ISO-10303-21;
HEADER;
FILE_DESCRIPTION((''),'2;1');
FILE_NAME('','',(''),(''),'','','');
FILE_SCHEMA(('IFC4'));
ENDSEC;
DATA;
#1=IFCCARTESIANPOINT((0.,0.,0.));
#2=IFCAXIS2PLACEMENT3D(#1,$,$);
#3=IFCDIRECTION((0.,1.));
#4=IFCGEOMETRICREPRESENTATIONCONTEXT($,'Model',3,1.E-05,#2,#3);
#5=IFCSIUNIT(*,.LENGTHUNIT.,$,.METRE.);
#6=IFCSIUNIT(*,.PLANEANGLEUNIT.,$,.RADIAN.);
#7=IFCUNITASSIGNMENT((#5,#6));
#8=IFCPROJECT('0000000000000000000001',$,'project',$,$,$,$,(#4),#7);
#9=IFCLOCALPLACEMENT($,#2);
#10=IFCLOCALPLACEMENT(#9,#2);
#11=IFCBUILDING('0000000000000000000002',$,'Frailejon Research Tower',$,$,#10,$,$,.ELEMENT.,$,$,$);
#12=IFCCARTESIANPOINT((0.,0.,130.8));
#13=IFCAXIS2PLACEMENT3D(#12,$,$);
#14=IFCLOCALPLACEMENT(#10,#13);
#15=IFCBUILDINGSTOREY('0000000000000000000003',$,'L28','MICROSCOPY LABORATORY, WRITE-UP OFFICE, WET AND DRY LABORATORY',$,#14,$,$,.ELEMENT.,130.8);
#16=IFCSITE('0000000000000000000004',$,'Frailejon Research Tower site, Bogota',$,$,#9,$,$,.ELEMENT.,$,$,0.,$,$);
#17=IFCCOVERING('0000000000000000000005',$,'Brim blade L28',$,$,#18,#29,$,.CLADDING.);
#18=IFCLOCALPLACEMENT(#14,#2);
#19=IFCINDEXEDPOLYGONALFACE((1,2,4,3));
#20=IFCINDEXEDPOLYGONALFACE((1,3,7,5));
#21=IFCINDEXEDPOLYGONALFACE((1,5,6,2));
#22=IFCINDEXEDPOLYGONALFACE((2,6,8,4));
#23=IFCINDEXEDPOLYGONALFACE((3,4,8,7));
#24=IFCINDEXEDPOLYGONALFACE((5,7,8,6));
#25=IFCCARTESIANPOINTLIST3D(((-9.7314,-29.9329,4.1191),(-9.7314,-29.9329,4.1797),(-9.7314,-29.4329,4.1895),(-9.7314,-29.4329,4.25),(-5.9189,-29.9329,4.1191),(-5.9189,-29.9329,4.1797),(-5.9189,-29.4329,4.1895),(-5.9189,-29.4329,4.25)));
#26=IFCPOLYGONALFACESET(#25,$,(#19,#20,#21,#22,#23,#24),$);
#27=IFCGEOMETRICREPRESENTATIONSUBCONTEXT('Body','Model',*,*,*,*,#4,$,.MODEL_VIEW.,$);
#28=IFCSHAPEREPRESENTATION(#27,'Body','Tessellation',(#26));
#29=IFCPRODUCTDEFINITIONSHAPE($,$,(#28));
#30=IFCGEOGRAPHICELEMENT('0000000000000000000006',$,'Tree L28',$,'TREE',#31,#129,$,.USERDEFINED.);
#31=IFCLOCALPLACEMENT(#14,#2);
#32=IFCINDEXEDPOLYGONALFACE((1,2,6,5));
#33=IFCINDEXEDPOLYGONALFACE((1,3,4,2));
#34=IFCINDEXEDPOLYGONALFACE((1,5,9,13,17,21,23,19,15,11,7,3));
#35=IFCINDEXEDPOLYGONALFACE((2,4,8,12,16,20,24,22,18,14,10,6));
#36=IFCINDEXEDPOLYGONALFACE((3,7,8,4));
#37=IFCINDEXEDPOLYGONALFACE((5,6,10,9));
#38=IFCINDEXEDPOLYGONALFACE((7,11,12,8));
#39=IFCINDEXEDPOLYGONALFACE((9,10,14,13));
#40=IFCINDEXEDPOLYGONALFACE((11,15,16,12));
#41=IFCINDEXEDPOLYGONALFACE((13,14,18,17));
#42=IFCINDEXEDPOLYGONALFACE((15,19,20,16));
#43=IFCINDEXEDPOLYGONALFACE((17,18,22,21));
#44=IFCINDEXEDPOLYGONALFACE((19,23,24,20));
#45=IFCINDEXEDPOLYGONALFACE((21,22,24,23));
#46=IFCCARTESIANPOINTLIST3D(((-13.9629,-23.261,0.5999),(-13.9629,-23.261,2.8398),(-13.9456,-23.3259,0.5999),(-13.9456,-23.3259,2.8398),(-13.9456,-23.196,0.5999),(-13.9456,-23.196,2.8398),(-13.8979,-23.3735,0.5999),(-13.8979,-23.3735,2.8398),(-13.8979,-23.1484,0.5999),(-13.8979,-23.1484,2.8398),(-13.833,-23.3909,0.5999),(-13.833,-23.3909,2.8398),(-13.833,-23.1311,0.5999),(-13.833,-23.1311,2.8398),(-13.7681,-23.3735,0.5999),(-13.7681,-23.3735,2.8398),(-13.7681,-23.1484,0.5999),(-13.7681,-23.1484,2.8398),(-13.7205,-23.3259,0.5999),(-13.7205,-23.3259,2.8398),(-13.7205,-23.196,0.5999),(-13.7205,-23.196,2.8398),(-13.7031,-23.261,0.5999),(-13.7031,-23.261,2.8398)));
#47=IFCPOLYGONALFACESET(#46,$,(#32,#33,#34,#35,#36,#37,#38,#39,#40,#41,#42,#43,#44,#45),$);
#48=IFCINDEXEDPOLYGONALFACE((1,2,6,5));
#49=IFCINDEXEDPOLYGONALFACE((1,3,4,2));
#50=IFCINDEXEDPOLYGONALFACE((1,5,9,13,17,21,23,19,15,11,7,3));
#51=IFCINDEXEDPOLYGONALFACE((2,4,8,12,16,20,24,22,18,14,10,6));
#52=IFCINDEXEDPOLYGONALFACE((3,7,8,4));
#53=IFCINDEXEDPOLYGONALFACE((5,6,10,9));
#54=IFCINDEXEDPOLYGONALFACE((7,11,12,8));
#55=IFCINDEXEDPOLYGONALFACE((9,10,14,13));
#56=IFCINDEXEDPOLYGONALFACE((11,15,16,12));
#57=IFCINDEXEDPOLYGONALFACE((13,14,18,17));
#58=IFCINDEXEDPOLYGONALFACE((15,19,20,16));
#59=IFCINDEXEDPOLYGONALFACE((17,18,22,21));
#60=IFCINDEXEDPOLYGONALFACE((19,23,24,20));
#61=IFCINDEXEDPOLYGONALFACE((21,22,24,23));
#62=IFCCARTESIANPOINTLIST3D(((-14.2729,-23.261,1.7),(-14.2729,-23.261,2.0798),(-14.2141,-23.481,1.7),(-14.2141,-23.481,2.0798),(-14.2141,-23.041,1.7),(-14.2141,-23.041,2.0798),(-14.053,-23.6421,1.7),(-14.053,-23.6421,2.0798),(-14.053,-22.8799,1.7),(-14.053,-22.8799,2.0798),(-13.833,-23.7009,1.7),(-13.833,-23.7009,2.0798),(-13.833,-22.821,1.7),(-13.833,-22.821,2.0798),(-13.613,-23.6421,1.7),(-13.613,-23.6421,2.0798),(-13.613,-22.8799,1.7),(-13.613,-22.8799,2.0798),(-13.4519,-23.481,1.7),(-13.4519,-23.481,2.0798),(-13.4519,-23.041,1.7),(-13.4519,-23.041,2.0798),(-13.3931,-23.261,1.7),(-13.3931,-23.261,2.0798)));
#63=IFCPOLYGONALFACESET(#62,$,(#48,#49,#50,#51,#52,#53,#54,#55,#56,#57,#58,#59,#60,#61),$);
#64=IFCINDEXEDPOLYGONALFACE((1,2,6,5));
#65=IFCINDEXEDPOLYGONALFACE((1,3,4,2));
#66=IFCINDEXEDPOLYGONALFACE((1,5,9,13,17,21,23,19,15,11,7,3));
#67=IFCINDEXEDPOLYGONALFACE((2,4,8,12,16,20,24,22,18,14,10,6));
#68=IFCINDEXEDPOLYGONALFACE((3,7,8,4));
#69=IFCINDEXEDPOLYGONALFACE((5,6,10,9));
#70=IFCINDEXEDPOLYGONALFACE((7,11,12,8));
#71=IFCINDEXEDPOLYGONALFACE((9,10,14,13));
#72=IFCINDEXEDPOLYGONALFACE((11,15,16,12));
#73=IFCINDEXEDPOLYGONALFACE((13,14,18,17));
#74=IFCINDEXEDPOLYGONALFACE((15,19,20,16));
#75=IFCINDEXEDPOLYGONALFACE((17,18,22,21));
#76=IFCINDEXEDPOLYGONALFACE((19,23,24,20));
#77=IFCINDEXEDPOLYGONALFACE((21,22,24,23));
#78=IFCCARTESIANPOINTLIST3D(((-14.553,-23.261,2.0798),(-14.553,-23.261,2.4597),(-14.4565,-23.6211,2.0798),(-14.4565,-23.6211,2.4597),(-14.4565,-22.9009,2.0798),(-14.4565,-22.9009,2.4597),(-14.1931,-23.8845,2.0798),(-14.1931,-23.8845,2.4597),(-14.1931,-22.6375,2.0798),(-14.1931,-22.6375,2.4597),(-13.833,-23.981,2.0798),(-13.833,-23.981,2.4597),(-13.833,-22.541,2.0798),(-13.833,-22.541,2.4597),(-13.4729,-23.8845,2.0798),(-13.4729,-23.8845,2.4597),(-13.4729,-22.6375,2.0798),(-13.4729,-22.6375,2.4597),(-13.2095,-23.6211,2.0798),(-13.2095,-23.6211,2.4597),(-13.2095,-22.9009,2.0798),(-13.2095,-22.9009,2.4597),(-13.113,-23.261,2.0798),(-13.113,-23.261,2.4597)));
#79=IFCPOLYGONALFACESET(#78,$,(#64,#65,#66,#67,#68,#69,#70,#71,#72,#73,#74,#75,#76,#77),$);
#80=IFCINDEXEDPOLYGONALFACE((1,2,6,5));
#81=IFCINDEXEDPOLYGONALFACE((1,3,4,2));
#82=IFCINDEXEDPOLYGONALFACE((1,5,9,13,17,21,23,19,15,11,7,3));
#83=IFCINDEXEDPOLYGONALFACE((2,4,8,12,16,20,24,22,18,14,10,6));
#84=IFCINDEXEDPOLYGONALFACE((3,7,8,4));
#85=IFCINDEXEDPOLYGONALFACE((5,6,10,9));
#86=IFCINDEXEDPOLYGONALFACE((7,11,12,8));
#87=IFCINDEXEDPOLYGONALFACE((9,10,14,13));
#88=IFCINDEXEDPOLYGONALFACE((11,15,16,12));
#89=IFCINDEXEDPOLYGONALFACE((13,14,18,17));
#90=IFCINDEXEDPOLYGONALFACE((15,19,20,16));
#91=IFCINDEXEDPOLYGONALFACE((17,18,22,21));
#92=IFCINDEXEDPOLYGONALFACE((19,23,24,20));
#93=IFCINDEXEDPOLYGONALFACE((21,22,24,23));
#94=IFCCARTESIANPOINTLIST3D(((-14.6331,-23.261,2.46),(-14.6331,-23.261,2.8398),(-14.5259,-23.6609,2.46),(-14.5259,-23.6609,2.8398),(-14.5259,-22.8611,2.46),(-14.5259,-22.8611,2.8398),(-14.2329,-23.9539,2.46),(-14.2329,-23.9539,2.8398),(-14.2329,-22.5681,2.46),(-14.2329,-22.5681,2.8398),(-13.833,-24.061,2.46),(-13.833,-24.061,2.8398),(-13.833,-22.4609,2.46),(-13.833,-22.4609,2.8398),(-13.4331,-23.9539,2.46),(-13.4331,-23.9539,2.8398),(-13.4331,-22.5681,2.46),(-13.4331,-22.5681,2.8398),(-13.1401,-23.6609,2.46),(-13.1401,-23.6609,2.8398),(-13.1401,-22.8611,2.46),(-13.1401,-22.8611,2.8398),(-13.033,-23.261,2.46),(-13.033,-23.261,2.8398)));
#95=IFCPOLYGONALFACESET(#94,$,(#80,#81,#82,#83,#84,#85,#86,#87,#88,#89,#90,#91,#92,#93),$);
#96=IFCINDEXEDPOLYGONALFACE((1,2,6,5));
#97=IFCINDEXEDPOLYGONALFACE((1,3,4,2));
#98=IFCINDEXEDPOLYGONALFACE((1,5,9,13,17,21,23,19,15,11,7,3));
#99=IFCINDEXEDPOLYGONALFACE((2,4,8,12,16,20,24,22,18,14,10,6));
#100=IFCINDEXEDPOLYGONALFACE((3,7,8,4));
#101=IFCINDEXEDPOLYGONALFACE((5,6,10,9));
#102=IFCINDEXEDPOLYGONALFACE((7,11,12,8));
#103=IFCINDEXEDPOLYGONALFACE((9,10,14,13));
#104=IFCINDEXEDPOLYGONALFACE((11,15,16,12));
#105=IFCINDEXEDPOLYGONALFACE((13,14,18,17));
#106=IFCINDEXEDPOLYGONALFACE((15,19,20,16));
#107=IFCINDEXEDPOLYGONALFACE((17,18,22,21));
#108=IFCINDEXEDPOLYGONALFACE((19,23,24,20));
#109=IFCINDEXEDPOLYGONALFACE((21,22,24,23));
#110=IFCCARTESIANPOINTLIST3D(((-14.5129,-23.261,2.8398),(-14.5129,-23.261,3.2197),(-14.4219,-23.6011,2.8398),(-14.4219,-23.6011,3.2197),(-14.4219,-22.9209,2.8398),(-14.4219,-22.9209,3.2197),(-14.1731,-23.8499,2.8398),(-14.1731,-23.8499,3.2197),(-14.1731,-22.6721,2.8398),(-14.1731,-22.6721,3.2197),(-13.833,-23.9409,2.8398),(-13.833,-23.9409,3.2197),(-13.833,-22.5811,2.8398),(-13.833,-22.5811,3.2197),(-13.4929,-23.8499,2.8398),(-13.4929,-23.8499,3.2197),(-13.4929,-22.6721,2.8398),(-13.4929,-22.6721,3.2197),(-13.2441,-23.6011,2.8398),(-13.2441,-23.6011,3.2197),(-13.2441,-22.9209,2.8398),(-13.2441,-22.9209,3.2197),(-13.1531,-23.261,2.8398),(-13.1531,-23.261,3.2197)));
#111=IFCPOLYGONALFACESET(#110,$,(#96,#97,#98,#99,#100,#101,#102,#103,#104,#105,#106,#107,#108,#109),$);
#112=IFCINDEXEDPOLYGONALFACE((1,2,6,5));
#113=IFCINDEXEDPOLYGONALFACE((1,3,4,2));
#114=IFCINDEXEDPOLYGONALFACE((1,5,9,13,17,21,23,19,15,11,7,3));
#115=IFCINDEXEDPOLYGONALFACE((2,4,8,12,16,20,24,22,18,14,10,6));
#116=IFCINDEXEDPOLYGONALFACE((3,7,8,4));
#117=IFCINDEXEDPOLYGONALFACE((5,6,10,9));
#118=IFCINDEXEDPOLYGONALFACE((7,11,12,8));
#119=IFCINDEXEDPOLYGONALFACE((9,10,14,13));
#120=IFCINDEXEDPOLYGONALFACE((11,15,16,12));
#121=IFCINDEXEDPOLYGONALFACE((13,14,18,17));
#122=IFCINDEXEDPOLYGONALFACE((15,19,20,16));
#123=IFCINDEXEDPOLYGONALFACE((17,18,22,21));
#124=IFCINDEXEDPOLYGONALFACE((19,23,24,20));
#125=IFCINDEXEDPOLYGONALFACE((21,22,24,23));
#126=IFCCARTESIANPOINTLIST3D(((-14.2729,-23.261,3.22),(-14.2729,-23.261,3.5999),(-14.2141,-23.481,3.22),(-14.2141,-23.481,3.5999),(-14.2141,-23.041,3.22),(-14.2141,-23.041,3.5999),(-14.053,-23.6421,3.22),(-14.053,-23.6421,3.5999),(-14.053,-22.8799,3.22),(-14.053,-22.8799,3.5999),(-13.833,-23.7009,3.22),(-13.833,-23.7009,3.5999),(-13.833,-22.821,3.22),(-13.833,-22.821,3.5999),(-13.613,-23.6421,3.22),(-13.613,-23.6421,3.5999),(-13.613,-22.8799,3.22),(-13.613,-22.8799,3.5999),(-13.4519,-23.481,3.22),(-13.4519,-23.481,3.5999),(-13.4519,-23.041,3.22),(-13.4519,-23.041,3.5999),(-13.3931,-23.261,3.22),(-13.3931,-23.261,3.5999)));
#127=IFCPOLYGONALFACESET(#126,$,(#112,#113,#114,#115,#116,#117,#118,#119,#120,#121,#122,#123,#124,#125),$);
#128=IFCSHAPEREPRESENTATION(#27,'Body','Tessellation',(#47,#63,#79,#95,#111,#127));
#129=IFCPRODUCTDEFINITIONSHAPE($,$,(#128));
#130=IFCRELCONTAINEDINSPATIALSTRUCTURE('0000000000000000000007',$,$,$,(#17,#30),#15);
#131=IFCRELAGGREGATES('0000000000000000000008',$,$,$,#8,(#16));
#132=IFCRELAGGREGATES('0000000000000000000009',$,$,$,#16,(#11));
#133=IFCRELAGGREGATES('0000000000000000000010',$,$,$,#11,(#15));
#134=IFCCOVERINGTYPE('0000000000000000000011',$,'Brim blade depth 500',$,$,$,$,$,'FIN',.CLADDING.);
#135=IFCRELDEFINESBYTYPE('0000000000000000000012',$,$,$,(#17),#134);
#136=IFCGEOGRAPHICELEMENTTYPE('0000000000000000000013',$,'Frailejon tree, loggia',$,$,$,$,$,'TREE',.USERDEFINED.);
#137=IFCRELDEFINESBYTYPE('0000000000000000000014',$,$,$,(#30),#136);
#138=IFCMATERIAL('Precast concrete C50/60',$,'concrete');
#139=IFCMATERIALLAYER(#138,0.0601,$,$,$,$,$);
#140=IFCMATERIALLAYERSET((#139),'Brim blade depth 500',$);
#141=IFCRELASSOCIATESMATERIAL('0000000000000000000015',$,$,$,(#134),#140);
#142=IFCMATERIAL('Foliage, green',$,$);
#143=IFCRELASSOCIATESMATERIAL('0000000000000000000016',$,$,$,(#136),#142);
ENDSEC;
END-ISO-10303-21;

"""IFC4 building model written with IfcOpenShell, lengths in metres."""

from ifc_helpers import new_model, si_unit, direction, frame, origin, place, context, subcontext, project, spatial, polyline, outline, extrude, material, layer, layer_set, type_object, element, save


model = new_model("IFC4")

# Units and contexts
model_context = context("Model", 3, precision=1e-05, world=origin(), true_north=direction((0.0, 1.0)))
body_context = subcontext(model_context, "Body", "Model", "MODEL_VIEW")
ifc_project = project(units=[si_unit("LENGTHUNIT", "METRE"), si_unit("PLANEANGLEUNIT", "RADIAN")], contexts=[model_context])

# Site, building, storey
site_placement = place(None, origin())
site = spatial("IfcSite", under=ifc_project, at=site_placement, Name="Frailejon Research Tower site, Bogota", CompositionType="ELEMENT", RefElevation=0.0)
building_placement = place(site_placement, origin())
building = spatial("IfcBuilding", under=site, at=building_placement, Name="Frailejon Research Tower", CompositionType="ELEMENT")
storey_placement = place(building_placement, frame((0.0, 0.0, 130.8)))
storey = spatial("IfcBuildingStorey", under=building, at=storey_placement, Name="L28", Description="MICROSCOPY LABORATORY, WRITE-UP OFFICE, WET AND DRY LABORATORY", CompositionType="ELEMENT", Elevation=130.8)

# Covering
ifc_material_1 = material(Name="Precast concrete C50/60", Category="concrete")
ifc_layer_1 = layer(ifc_material_1, 0.0601)
ifc_layer_set_1 = layer_set([ifc_layer_1], Name="Brim blade depth 500")
covering_type_1 = type_object("IfcCoveringType", Name="Brim blade depth 500", ElementType="FIN", PredefinedType="CLADDING", material=ifc_layer_set_1)
covering_1_placement = place(storey_placement, frame((-5.9189, -29.4329, 4.25), z_axis=(-1.0, 0.0, 0.0), x_axis=(0.0, -1.0, 0.0)))
element("IfcCovering", 1, at=covering_1_placement, inside=storey, type_object=covering_type_1, Name="Brim blade L28", PredefinedType="CLADDING", context=body_context, shape_type="SweptSolid", body=[
    extrude(outline(polyline([(0.0, -0.0605), (0.5, -0.1309), (0.5, -0.0703), (0.0, 0.0), (0.0, -0.0605)])), origin(), (0.0, 0.0, 1.0), 3.8125),
])

# Geographic element
ifc_material_2 = material(Name="Foliage, green")
geographic_element_type = type_object("IfcGeographicElementType", Name="Frailejon tree, loggia", ElementType="TREE", PredefinedType="USERDEFINED", material=ifc_material_2)
geographic_element_placement = place(storey_placement, frame((-13.833, -23.261, 0.5999)))
element("IfcGeographicElement", 2, at=geographic_element_placement, inside=storey, type_object=geographic_element_type, Name="Tree L28", ObjectType="TREE", PredefinedType="USERDEFINED", context=body_context, shape_type="SweptSolid", body=[
    extrude(outline(polyline([(0.1299, 0.0), (0.1125, 0.0649), (0.0649, 0.1125), (0.0, 0.1299), (-0.0649, 0.1125), (-0.1125, 0.0649), (-0.1299, 0.0), (-0.1125, -0.0649), (-0.0649, -0.1125), (0.0, -0.1299), (0.0649, -0.1125), (0.1125, -0.0649), (0.1299, 0.0)])), origin(), (0.0, 0.0, 1.0), 2.24),
    extrude(outline(polyline([(0.4399, 0.0), (0.3811, 0.22), (0.22, 0.3811), (0.0, 0.4399), (-0.22, 0.3811), (-0.3811, 0.22), (-0.4399, 0.0), (-0.3811, -0.22), (-0.22, -0.3811), (0.0, -0.4399), (0.22, -0.3811), (0.3811, -0.22), (0.4399, 0.0)])), frame((0.0, 0.0, 1.1001)), (0.0, 0.0, 1.0), 0.3799),
    extrude(outline(polyline([(0.72, 0.0), (0.6235, 0.3601), (0.3601, 0.6235), (0.0, 0.72), (-0.3601, 0.6235), (-0.6235, 0.3601), (-0.72, 0.0), (-0.6235, -0.3601), (-0.3601, -0.6235), (0.0, -0.72), (0.3601, -0.6235), (0.6235, -0.3601), (0.72, 0.0)])), frame((0.0, 0.0, 1.48)), (0.0, 0.0, 1.0), 0.3799),
    extrude(outline(polyline([(0.8, 0.0), (0.6929, 0.3999), (0.3999, 0.6929), (0.0, 0.8), (-0.3999, 0.6929), (-0.6929, 0.3999), (-0.8, 0.0), (-0.6929, -0.3999), (-0.3999, -0.6929), (0.0, -0.8), (0.3999, -0.6929), (0.6929, -0.3999), (0.8, 0.0)])), frame((0.0, 0.0, 1.8601)), (0.0, 0.0, 1.0), 0.3799),
    extrude(outline(polyline([(0.6799, 0.0), (0.5889, 0.3401), (0.3401, 0.5889), (0.0, 0.6799), (-0.3401, 0.5889), (-0.5889, 0.3401), (-0.6799, 0.0), (-0.5889, -0.3401), (-0.3401, -0.5889), (0.0, -0.6799), (0.3401, -0.5889), (0.5889, -0.3401), (0.6799, 0.0)])), frame((0.0, 0.0, 2.24)), (0.0, 0.0, 1.0), 0.3799),
    extrude(outline(polyline([(0.4399, 0.0), (0.3811, 0.22), (0.22, 0.3811), (0.0, 0.4399), (-0.22, 0.3811), (-0.3811, 0.22), (-0.4399, 0.0), (-0.3811, -0.22), (-0.22, -0.3811), (0.0, -0.4399), (0.22, -0.3811), (0.3811, -0.22), (0.4399, 0.0)])), frame((0.0, 0.0, 2.6201)), (0.0, 0.0, 1.0), 0.3799),
])

save(model, "model.ifc")
